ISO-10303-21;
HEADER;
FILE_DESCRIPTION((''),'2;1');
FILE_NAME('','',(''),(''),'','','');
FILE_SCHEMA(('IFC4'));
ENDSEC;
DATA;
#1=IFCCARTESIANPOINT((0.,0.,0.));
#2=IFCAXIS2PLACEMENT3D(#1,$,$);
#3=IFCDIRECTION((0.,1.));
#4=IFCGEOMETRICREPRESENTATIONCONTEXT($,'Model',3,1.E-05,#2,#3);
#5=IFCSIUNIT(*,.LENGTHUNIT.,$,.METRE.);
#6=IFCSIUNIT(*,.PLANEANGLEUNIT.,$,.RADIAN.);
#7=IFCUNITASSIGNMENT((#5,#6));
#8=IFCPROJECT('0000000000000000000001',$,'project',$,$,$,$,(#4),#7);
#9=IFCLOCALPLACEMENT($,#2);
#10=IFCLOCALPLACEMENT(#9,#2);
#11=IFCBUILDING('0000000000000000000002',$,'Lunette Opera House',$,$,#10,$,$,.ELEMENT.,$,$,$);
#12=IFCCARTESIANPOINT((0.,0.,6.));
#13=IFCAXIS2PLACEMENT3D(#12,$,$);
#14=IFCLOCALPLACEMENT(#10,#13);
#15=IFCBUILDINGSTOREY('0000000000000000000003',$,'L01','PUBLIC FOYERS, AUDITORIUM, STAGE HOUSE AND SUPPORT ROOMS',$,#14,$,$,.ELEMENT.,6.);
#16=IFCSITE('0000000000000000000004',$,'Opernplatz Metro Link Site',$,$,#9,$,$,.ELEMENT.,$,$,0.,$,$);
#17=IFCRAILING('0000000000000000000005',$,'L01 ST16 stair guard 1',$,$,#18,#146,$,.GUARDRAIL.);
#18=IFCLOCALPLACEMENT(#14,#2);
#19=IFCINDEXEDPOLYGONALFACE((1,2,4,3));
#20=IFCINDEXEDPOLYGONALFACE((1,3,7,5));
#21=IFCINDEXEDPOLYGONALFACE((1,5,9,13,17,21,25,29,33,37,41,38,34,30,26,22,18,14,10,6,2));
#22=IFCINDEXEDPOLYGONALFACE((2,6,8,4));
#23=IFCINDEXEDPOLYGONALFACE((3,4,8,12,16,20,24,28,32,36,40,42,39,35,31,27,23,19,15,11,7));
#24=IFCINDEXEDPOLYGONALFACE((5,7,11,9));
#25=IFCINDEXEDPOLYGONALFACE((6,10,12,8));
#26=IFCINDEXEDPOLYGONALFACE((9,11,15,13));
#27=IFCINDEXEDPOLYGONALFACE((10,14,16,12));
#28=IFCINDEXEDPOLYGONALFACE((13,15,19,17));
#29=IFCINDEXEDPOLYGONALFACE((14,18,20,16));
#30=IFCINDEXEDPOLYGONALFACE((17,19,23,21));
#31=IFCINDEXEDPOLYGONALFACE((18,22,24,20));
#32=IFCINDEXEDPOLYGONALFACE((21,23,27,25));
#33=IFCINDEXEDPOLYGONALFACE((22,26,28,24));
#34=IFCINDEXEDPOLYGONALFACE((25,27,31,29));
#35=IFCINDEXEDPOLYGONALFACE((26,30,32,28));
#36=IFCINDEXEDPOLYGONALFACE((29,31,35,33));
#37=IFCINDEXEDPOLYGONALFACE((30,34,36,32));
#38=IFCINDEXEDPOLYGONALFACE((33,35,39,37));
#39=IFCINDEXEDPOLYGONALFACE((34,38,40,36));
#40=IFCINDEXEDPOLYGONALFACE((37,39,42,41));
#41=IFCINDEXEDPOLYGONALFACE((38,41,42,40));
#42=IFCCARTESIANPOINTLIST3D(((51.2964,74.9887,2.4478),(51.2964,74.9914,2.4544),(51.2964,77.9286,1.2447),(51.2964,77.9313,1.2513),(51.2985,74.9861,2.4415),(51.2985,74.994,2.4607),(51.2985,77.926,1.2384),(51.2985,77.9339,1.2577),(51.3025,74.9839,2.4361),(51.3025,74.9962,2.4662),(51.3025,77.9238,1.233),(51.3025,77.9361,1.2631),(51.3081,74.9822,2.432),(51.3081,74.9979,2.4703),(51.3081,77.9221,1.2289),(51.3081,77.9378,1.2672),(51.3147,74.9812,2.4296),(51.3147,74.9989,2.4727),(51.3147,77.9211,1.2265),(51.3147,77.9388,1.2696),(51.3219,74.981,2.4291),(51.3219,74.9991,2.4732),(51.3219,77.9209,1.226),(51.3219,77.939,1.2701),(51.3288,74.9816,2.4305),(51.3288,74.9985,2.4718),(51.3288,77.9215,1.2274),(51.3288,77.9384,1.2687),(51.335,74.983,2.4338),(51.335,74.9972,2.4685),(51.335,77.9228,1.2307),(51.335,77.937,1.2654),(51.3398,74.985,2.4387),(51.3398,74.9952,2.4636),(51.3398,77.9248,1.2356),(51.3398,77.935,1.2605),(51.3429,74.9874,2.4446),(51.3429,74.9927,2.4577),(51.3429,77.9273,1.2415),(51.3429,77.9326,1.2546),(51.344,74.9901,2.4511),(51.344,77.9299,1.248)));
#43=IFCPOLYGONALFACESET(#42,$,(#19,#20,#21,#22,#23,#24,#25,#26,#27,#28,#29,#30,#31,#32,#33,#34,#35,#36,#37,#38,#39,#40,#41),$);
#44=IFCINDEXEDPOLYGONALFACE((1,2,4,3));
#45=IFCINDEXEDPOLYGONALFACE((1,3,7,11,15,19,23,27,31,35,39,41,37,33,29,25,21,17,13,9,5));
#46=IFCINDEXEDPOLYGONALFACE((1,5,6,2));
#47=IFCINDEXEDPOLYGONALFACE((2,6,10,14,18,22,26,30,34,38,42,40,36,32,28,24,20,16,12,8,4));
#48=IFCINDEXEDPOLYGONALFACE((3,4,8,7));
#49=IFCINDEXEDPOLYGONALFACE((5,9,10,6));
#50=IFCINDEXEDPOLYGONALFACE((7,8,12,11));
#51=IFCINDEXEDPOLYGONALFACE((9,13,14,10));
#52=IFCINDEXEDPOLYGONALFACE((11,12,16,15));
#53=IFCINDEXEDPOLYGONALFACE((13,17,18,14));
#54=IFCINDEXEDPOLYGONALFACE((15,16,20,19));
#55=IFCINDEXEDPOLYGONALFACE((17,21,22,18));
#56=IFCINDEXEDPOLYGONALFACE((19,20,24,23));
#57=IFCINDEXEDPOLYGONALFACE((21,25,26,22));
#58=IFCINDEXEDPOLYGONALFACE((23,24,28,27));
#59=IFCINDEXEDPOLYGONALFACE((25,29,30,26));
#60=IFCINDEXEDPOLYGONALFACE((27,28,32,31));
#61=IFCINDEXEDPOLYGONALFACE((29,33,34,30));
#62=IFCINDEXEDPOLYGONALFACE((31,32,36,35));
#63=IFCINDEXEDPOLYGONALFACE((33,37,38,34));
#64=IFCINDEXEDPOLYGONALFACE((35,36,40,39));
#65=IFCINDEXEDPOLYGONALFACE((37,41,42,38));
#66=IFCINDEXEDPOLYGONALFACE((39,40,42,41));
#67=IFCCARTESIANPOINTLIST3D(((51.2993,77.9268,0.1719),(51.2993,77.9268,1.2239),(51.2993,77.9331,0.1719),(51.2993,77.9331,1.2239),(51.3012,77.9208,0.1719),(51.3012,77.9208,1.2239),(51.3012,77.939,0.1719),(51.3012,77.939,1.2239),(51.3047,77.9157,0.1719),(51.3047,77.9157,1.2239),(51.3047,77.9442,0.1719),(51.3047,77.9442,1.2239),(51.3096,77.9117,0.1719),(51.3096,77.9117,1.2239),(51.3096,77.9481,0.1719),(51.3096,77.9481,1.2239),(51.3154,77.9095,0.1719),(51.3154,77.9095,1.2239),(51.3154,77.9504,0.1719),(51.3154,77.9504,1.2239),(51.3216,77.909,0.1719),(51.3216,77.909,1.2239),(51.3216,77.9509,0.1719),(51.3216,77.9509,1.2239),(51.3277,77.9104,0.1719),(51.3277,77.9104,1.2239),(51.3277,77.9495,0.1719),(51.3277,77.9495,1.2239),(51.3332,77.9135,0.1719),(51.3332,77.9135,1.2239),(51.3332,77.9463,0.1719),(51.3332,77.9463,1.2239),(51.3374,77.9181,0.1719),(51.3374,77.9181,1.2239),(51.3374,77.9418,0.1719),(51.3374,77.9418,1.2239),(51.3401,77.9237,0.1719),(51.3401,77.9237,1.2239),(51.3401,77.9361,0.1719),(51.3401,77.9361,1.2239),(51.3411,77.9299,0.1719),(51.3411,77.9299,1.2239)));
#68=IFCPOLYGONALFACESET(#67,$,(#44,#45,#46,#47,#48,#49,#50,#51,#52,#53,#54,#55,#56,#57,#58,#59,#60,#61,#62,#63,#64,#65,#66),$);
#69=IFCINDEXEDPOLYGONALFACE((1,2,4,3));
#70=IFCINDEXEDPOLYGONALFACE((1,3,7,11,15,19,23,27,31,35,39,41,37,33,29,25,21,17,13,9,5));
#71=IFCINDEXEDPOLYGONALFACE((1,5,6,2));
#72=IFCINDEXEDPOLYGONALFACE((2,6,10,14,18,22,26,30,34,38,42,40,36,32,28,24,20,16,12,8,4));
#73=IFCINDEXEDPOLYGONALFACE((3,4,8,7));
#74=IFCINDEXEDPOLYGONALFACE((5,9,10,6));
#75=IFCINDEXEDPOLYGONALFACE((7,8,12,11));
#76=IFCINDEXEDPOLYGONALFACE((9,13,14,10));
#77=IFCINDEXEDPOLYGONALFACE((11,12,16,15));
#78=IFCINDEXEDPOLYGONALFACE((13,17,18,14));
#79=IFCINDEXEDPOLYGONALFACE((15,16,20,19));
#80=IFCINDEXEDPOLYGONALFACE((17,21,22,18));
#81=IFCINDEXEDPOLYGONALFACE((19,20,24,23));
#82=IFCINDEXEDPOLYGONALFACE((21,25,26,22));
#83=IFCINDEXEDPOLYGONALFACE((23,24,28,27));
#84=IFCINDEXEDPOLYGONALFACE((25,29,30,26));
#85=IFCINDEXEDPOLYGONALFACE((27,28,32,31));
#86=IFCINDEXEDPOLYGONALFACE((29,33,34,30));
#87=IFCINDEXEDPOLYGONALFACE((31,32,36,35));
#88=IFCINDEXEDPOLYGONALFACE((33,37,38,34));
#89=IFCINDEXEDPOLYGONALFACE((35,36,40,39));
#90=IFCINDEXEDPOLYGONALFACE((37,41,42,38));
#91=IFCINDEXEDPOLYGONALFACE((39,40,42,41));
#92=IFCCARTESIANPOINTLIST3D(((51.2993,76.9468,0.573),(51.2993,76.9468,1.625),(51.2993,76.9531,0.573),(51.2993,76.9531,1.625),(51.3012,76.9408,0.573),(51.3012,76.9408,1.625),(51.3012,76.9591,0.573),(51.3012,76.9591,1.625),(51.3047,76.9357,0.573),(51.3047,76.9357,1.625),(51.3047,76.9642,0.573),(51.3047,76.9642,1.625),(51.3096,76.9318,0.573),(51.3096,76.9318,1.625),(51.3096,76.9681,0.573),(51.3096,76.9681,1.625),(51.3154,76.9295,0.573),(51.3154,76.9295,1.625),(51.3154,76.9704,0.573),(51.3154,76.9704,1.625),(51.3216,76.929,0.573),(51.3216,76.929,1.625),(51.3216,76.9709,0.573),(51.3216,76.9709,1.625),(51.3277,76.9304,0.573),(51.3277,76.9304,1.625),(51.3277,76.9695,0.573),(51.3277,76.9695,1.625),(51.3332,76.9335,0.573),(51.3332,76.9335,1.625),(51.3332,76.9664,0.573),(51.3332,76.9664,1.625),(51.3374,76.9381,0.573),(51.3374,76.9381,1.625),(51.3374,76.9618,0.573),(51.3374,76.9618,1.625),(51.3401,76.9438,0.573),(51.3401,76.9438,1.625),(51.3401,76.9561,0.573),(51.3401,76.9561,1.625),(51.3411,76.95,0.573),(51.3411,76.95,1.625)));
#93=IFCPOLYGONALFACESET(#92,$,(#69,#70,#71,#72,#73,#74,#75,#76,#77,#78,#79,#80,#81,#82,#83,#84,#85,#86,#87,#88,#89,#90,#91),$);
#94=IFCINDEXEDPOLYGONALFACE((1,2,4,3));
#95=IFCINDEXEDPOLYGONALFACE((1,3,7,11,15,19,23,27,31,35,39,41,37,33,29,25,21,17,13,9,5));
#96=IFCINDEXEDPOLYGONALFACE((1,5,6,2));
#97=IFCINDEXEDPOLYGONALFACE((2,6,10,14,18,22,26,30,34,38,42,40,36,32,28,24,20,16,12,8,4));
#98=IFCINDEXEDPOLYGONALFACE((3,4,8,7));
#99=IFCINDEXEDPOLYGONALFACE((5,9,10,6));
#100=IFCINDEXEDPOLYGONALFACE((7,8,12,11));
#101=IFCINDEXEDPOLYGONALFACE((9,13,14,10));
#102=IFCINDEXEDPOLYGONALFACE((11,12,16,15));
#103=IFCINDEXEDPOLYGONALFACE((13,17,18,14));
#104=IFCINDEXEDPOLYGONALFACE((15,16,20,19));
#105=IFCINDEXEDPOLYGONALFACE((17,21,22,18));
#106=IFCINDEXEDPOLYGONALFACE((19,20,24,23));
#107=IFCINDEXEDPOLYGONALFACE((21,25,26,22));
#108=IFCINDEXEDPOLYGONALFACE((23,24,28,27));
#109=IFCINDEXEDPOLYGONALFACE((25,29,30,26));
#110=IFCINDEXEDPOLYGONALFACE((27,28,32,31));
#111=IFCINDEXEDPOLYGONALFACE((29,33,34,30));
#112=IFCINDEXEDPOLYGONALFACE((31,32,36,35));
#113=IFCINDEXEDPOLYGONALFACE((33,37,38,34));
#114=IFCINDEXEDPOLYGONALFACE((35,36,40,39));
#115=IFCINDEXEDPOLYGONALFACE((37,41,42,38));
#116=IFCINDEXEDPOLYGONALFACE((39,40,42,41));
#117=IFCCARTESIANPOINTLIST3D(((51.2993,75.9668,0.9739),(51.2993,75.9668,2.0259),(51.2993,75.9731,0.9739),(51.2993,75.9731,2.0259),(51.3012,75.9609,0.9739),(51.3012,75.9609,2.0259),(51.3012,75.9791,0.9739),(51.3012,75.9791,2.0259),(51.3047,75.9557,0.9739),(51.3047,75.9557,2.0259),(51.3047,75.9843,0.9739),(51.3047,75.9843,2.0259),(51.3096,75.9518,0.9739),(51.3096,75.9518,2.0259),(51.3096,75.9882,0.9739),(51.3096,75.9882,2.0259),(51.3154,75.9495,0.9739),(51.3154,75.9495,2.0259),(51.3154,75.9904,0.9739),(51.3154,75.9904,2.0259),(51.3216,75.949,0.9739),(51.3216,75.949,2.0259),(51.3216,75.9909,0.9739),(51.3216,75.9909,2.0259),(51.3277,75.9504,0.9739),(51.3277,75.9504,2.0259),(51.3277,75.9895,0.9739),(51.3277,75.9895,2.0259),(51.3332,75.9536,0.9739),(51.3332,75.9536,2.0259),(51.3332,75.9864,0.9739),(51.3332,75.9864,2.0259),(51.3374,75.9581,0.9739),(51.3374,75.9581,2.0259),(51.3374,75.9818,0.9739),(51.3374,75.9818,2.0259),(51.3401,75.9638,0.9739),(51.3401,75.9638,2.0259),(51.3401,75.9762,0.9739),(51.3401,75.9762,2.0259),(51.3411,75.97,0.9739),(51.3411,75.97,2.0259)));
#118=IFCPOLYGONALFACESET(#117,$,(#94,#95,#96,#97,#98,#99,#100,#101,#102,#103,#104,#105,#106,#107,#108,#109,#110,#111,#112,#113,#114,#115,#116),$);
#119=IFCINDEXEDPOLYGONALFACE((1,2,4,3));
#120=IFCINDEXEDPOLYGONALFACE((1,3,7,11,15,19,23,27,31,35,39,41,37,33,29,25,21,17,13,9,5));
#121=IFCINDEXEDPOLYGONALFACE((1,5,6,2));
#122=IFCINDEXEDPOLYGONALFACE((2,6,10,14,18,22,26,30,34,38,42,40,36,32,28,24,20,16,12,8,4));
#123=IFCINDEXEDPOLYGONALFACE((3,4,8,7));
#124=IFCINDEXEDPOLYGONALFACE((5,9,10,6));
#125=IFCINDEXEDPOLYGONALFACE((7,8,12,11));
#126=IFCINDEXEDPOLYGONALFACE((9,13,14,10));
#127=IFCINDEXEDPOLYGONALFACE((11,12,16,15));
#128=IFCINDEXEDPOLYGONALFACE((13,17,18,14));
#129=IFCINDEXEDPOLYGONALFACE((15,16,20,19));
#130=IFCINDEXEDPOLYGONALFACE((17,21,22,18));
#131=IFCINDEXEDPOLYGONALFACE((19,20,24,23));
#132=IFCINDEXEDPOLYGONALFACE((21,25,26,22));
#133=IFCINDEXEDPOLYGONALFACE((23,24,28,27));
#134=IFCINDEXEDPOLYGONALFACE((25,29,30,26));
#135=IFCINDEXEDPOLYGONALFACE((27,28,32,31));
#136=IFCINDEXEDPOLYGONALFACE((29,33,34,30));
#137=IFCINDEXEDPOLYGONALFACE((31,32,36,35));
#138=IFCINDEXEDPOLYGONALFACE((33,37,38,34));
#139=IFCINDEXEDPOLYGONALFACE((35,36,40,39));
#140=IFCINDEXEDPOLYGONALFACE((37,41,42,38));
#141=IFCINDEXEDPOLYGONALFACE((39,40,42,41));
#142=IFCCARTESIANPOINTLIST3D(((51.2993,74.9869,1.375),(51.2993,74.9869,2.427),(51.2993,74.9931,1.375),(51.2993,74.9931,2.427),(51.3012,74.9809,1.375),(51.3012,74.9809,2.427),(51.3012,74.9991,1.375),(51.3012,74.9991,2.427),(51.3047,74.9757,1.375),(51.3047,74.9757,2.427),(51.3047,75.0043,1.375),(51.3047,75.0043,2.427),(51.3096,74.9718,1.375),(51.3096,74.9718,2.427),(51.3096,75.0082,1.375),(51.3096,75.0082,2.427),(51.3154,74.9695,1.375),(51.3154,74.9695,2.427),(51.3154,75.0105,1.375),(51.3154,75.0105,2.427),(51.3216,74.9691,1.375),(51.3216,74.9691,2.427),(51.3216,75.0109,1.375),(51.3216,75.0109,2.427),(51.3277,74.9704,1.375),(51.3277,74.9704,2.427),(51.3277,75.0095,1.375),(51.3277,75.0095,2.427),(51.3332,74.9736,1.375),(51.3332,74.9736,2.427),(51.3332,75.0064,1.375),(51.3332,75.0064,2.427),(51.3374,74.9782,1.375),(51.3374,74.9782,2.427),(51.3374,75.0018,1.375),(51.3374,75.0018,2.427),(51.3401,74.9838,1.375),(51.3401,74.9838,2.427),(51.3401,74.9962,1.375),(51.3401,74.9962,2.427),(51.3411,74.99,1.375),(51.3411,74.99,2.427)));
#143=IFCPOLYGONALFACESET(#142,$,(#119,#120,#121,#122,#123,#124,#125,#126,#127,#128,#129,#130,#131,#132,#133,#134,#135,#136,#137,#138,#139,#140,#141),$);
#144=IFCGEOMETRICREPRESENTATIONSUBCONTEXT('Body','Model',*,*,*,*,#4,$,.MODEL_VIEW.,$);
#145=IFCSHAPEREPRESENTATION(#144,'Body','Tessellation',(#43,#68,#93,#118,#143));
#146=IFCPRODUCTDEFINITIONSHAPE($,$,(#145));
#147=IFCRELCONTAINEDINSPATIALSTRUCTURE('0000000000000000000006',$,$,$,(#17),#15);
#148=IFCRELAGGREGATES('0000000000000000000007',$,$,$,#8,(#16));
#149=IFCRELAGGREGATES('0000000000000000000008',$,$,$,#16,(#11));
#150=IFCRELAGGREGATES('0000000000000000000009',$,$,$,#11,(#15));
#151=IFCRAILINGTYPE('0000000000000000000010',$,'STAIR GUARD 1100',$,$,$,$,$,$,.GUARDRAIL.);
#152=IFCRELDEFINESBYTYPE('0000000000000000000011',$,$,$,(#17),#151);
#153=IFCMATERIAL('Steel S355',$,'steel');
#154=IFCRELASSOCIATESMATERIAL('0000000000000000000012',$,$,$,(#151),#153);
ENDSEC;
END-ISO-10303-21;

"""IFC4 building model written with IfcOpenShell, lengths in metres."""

from ifc_helpers import new_model, si_unit, direction, frame, origin, origin_2d, place, context, subcontext, project, spatial, circle, extrude, material, type_object, element, save


model = new_model("IFC4")

# Units and contexts
model_context = context("Model", 3, precision=1e-05, world=origin(), true_north=direction((0.0, 1.0)))
body_context = subcontext(model_context, "Body", "Model", "MODEL_VIEW")
ifc_project = project(units=[si_unit("LENGTHUNIT", "METRE"), si_unit("PLANEANGLEUNIT", "RADIAN")], contexts=[model_context])

# Site, building, storey
site_placement = place(None, origin())
site = spatial("IfcSite", under=ifc_project, at=site_placement, Name="Opernplatz Metro Link Site", CompositionType="ELEMENT", RefElevation=0.0)
building_placement = place(site_placement, origin())
building = spatial("IfcBuilding", under=site, at=building_placement, Name="Lunette Opera House", CompositionType="ELEMENT")
storey_placement = place(building_placement, frame((0.0, 0.0, 6.0)))
storey = spatial("IfcBuildingStorey", under=building, at=storey_placement, Name="L01", Description="PUBLIC FOYERS, AUDITORIUM, STAGE HOUSE AND SUPPORT ROOMS", CompositionType="ELEMENT", Elevation=6.0)

# Railing
ifc_material_1 = material(Name="Steel S355", Category="steel")
railing_type_1 = type_object("IfcRailingType", Name="STAIR GUARD 1100", PredefinedType="GUARDRAIL", material=ifc_material_1)
railing_1_placement = place(storey_placement, frame((51.3201, 77.9299, 0.1719)))
element("IfcRailing", 1, at=railing_1_placement, inside=storey, type_object=railing_type_1, Name="L01 ST16 stair guard 1", PredefinedType="GUARDRAIL", context=body_context, shape_type="SweptSolid", body=[
    extrude(circle(Radius=0.0239, at=origin_2d()), frame((0.0, 0.0, 1.0762), z_axis=(0.0, -0.9255, 0.378747), x_axis=(1.0, 0.0, 0.0)), (0.0, 0.0, 1.0), 3.1765),
    extrude(circle(Radius=0.021, at=origin_2d()), origin(), (0.0, 0.0, 1.0), 1.052),
    extrude(circle(Radius=0.021, at=origin_2d()), frame((0.0, -0.98, 0.4011)), (0.0, 0.0, 1.0), 1.052),
    extrude(circle(Radius=0.021, at=origin_2d()), frame((0.0, -1.96, 0.802)), (0.0, 0.0, 1.0), 1.052),
    extrude(circle(Radius=0.021, at=origin_2d()), frame((0.0, -2.9399, 1.2031)), (0.0, 0.0, 1.0), 1.052),
])

save(model, "model.ifc")
